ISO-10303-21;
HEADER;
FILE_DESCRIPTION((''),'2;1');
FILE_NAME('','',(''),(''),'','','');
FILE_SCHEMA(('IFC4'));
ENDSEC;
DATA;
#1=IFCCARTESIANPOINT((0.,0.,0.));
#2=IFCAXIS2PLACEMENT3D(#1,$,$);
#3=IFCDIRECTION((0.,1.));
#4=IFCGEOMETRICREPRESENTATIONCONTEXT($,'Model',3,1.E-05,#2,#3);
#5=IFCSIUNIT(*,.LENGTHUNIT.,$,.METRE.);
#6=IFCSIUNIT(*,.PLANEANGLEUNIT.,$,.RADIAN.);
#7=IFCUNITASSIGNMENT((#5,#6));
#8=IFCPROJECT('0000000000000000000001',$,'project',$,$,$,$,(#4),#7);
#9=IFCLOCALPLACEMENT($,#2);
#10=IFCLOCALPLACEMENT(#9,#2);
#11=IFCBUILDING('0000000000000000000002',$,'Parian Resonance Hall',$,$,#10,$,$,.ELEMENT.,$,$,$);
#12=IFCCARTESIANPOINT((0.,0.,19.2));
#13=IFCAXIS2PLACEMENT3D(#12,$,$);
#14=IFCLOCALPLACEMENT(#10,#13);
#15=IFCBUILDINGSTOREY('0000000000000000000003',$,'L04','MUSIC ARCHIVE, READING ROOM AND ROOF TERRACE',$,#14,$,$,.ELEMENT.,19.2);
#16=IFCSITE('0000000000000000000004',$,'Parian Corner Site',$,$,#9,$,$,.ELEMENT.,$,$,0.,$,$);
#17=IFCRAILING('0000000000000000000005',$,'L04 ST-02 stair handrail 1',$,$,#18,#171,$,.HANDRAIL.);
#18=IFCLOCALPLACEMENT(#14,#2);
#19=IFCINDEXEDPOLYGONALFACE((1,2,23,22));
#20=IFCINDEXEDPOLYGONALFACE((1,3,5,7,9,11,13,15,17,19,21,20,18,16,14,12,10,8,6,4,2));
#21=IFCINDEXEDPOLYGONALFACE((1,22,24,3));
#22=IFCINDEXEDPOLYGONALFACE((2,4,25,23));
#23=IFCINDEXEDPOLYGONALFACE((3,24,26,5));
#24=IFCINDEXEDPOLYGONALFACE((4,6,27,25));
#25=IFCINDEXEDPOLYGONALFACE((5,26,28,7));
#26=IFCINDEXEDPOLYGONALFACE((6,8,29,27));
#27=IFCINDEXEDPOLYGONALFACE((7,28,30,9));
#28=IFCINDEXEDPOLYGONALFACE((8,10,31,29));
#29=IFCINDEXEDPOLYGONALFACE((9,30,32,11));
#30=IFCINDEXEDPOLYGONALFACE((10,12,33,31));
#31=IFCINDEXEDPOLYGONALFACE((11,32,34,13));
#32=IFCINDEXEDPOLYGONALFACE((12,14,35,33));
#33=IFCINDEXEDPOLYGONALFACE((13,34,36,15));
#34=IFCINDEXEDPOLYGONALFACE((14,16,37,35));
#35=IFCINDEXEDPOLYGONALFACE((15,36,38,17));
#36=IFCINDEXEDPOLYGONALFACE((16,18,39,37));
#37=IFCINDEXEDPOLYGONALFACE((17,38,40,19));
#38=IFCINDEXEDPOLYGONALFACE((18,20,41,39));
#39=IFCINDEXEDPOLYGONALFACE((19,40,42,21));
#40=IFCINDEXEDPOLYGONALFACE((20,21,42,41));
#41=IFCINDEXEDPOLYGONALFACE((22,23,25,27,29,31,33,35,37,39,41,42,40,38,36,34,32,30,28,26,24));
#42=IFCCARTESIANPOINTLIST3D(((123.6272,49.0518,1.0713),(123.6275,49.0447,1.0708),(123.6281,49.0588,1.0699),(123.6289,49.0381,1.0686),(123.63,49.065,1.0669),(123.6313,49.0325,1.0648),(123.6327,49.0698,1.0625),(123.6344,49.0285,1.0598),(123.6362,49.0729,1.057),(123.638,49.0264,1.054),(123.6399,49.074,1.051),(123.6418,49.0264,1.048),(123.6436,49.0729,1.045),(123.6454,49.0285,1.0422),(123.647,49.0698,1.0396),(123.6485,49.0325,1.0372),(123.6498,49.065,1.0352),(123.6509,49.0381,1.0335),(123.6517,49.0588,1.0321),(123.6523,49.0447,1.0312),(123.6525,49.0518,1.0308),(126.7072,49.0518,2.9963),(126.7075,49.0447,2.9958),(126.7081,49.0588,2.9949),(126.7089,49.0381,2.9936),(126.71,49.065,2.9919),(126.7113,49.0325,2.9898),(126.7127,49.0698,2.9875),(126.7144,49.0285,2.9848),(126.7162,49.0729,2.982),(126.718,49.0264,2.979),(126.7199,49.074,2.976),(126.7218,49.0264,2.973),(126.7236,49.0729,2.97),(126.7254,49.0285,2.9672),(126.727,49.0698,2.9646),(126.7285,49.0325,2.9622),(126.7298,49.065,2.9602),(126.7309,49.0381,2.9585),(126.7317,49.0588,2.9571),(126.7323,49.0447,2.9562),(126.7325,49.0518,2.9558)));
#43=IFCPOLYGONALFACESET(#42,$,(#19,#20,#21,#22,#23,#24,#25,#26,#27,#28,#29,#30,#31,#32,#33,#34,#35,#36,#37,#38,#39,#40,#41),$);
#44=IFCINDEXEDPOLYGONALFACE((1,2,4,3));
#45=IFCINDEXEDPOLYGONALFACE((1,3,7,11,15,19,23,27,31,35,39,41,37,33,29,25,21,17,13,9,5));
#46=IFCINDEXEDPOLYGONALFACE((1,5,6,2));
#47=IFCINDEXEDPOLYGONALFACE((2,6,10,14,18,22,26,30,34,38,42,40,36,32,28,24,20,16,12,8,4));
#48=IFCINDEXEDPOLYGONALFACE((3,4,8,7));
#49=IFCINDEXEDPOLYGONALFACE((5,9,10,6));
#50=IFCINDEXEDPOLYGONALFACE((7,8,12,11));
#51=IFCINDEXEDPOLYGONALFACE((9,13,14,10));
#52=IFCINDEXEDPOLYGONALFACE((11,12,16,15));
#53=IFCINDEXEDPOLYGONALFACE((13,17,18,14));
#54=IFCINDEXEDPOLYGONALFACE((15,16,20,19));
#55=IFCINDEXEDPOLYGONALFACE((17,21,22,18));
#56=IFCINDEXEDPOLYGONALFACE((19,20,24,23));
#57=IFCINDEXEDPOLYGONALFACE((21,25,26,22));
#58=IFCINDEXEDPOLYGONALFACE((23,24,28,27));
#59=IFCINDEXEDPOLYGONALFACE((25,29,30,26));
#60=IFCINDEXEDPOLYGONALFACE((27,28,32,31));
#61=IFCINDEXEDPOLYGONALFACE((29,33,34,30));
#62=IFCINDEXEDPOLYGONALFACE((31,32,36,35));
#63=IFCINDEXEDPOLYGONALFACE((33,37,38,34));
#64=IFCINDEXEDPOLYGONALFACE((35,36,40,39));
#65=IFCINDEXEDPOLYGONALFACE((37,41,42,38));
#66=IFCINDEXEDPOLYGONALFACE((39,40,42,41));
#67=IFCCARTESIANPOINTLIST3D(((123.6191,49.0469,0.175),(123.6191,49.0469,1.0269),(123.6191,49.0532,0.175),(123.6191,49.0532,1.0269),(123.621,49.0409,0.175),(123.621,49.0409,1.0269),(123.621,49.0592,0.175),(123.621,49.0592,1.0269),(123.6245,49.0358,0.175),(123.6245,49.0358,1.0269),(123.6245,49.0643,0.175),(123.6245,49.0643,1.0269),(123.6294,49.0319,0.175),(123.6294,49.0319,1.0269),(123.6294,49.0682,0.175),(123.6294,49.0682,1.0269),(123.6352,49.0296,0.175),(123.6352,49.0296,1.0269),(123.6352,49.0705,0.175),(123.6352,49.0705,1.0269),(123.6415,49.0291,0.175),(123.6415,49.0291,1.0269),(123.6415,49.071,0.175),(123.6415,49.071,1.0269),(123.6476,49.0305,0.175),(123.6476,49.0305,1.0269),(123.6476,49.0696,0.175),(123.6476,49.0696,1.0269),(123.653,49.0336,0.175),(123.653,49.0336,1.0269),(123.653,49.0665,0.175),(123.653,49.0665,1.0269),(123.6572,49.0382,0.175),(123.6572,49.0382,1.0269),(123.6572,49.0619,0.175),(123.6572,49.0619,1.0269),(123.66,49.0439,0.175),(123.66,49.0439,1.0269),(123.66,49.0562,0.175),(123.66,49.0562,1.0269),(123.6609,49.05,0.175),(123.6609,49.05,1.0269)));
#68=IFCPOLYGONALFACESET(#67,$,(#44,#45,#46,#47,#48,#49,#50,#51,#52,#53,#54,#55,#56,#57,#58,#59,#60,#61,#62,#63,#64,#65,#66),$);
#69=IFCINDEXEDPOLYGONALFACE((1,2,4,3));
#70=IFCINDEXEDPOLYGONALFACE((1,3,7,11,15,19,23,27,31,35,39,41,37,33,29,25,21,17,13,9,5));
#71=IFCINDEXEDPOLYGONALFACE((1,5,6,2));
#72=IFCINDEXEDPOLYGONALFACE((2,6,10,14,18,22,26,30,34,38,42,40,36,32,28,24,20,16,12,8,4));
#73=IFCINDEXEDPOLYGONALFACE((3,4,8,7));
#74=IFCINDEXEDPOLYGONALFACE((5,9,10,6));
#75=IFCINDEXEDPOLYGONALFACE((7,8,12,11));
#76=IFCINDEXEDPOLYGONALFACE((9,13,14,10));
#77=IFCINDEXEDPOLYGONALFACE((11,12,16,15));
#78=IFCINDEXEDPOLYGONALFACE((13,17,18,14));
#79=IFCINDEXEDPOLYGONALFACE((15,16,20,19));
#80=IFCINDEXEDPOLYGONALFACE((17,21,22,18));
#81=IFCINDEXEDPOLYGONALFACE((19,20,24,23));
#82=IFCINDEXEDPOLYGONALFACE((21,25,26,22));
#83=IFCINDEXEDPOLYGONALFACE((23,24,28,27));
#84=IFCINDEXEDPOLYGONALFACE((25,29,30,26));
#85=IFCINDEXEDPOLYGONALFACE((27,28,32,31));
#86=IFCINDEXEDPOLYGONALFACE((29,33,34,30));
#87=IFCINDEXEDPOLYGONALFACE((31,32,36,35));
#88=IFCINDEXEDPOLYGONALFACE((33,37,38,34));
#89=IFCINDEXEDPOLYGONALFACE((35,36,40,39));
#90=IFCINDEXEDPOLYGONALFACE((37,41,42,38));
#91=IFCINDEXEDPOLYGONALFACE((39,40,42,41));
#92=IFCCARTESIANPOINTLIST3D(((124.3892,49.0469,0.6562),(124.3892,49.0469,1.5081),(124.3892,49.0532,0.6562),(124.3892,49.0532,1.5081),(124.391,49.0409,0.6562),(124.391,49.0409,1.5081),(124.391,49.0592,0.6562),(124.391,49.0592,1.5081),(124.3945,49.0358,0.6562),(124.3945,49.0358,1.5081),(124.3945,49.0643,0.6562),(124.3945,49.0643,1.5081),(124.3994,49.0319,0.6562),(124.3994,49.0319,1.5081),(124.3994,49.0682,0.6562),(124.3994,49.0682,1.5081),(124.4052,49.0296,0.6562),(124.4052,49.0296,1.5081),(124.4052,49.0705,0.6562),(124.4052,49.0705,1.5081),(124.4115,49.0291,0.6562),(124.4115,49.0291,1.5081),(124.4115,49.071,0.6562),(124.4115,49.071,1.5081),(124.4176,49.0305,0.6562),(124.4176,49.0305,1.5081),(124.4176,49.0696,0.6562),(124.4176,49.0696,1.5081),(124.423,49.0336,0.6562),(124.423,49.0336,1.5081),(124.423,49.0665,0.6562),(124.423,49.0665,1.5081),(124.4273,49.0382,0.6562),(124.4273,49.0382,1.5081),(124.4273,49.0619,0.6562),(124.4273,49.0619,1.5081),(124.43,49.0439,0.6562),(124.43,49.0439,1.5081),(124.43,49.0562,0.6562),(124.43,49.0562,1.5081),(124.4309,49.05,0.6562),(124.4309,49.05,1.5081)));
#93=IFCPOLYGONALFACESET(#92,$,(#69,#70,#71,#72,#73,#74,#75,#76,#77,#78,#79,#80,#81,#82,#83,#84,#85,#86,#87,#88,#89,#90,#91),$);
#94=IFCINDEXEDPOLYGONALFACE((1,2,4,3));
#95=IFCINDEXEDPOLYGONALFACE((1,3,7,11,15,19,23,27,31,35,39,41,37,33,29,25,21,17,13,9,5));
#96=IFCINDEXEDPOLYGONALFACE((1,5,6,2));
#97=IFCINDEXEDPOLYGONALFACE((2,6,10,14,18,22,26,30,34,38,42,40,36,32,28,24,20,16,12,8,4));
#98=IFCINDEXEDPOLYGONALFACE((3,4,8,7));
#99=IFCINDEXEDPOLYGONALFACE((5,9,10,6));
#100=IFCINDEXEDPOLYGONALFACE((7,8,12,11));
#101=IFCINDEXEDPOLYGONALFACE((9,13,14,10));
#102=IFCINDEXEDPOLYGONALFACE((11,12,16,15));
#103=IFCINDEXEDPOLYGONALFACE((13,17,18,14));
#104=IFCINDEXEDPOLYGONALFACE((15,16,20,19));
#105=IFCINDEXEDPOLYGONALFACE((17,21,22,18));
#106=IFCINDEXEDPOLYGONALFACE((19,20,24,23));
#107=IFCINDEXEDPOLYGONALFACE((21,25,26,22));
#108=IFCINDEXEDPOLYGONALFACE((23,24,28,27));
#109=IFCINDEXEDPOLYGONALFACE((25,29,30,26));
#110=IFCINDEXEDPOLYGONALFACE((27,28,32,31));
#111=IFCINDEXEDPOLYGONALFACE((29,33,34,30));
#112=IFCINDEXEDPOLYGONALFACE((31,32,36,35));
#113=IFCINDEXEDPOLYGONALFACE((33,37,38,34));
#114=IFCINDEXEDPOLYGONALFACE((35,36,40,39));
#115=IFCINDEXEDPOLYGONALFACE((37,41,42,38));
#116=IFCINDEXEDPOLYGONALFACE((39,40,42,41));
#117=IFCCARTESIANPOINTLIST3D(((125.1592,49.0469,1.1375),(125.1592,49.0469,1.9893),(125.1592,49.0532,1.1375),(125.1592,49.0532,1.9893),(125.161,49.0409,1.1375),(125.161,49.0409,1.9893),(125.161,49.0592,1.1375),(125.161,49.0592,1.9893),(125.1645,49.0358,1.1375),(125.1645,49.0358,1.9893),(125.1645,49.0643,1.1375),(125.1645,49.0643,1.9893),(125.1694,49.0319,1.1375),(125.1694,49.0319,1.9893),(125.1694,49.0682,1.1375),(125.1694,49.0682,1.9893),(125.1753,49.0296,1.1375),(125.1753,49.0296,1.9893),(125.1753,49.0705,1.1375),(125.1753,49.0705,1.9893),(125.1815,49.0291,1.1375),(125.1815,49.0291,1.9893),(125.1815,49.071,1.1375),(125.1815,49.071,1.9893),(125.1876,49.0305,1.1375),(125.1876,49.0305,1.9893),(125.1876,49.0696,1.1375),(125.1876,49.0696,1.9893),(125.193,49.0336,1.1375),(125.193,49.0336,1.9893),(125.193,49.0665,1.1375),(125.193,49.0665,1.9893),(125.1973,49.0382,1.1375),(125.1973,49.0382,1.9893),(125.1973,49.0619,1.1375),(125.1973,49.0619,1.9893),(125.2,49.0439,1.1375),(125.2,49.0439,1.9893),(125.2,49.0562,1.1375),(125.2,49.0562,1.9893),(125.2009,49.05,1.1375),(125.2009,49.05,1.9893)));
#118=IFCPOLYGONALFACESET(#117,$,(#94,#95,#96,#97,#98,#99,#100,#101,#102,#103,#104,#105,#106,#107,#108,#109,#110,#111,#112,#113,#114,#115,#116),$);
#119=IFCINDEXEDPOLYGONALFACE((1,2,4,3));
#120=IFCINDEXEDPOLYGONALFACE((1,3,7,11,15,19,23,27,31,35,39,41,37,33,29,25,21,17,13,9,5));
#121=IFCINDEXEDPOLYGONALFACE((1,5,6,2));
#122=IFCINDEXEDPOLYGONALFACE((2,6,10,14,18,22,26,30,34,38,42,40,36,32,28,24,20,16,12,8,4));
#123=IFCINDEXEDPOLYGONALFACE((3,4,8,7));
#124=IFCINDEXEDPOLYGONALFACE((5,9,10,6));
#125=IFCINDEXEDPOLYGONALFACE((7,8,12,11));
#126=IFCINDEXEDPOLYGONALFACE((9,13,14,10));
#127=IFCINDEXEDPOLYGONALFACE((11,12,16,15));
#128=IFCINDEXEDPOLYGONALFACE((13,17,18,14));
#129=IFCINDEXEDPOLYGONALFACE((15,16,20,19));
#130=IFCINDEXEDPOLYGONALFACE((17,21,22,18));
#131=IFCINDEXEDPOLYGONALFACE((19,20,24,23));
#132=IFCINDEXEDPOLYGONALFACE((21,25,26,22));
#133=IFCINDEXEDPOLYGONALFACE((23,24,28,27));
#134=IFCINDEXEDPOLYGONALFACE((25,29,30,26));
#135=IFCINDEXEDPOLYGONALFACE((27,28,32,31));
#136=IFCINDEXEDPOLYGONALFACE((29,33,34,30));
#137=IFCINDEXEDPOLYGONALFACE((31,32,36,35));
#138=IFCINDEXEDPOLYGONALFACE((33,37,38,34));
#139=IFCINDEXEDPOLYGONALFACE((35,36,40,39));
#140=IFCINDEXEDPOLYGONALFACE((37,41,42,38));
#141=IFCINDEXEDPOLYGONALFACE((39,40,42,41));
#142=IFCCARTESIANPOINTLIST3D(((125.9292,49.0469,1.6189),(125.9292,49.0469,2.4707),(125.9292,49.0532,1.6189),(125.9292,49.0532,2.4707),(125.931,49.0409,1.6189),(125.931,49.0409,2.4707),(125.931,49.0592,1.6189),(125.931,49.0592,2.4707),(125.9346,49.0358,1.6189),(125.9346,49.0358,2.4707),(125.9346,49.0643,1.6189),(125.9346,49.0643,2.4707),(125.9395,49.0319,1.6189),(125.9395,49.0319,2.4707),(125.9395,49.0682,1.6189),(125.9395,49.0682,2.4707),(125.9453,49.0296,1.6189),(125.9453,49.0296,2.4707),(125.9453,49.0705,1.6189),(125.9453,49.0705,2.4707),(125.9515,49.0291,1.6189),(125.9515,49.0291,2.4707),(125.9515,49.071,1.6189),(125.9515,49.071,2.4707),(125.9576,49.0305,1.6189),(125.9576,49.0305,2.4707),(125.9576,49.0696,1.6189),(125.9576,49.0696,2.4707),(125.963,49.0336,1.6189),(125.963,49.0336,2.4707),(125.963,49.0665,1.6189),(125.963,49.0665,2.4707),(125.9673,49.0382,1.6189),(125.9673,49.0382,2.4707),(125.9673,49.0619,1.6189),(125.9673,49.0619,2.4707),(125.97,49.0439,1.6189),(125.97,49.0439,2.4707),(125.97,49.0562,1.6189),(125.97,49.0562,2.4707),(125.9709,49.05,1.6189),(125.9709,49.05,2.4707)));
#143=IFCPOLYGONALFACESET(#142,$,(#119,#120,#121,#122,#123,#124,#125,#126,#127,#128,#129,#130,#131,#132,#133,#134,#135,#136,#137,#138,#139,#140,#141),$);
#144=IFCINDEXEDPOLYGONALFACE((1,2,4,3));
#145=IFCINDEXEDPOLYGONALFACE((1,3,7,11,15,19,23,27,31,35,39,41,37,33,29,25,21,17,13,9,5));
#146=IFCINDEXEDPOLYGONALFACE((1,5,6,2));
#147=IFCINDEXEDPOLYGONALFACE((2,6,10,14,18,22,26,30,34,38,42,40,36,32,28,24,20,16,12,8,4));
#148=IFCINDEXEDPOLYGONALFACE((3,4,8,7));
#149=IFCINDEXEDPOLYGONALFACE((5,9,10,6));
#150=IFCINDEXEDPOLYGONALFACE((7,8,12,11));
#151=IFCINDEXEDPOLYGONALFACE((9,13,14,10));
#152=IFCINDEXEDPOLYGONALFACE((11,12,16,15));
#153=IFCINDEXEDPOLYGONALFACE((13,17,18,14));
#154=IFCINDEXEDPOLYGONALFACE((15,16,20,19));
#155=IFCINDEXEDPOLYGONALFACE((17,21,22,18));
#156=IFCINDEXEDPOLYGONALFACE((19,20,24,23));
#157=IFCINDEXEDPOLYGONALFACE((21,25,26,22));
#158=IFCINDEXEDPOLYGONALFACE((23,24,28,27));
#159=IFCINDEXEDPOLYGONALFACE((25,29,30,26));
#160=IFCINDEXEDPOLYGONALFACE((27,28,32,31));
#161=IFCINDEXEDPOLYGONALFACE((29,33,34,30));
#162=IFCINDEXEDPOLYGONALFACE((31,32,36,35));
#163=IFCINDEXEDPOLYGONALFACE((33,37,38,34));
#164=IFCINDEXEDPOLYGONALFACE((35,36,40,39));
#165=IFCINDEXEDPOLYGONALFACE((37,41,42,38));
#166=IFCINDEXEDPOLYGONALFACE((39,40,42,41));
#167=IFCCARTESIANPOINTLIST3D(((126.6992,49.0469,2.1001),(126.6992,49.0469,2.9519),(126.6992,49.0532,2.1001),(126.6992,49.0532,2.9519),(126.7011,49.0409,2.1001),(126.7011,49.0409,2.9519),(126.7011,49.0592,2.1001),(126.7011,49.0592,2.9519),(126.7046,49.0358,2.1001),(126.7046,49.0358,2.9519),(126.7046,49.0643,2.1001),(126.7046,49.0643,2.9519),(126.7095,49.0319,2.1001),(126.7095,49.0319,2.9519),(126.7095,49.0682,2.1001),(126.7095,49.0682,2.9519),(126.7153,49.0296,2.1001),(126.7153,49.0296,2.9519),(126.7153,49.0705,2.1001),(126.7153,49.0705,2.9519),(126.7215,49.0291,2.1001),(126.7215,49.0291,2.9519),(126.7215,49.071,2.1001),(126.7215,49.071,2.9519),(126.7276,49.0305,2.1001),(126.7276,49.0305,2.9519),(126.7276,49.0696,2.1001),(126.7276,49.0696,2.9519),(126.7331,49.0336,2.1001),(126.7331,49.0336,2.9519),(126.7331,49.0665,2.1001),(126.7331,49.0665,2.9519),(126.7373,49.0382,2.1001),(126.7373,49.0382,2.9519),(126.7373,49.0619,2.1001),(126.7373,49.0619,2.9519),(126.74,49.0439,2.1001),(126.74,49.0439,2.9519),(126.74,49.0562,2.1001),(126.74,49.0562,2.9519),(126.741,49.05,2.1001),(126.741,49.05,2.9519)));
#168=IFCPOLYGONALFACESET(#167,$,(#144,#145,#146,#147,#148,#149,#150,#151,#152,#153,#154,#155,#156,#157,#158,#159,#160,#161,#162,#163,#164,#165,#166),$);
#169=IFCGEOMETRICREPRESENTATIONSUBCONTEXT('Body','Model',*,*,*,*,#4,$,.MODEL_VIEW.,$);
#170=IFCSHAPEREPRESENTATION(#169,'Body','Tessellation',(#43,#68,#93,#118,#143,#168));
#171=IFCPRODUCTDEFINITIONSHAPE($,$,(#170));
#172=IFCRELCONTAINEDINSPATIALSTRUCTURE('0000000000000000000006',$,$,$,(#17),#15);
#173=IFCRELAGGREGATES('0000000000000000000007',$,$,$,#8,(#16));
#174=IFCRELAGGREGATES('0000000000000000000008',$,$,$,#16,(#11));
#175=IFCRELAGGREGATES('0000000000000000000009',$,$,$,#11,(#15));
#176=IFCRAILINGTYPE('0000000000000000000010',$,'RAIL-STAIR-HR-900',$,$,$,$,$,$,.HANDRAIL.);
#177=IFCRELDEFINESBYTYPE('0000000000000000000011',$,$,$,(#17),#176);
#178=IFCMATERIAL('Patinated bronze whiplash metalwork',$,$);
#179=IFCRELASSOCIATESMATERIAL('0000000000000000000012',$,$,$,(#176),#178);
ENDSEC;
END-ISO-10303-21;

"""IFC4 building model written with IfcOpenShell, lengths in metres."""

from ifc_helpers import new_model, si_unit, direction, frame, origin, origin_2d, place, context, subcontext, project, spatial, circle, extrude, material, type_object, element, save


model = new_model("IFC4")

# Units and contexts
model_context = context("Model", 3, precision=1e-05, world=origin(), true_north=direction((0.0, 1.0)))
body_context = subcontext(model_context, "Body", "Model", "MODEL_VIEW")
ifc_project = project(units=[si_unit("LENGTHUNIT", "METRE"), si_unit("PLANEANGLEUNIT", "RADIAN")], contexts=[model_context])

# Site, building, storey
site_placement = place(None, origin())
site = spatial("IfcSite", under=ifc_project, at=site_placement, Name="Parian Corner Site", CompositionType="ELEMENT", RefElevation=0.0)
building_placement = place(site_placement, origin())
building = spatial("IfcBuilding", under=site, at=building_placement, Name="Parian Resonance Hall", CompositionType="ELEMENT")
storey_placement = place(building_placement, frame((0.0, 0.0, 19.2)))
storey = spatial("IfcBuildingStorey", under=building, at=storey_placement, Name="L04", Description="MUSIC ARCHIVE, READING ROOM AND ROOF TERRACE", CompositionType="ELEMENT", Elevation=19.2)

# Railing
ifc_material_1 = material(Name="Patinated bronze whiplash metalwork")
railing_type_1 = type_object("IfcRailingType", Name="RAIL-STAIR-HR-900", PredefinedType="HANDRAIL", material=ifc_material_1)
railing_1_placement = place(storey_placement, frame((123.6399, 49.05, 0.175)))
element("IfcRailing", 1, at=railing_1_placement, inside=storey, type_object=railing_type_1, Name="L04 ST-02 stair handrail 1", PredefinedType="HANDRAIL", context=body_context, shape_type="SweptSolid", body=[
    extrude(circle(Radius=0.0239, at=origin_2d()), frame((0.0, 0.0, 0.876), z_axis=(0.847998, 0.0, 0.529999), x_axis=(0.0, 1.0, 0.0)), (0.0, 0.0, 1.0), 3.6321),
    extrude(circle(Radius=0.021, at=origin_2d()), origin(), (0.0, 0.0, 1.0), 0.8518),
    extrude(circle(Radius=0.021, at=origin_2d()), frame((0.77, 0.0, 0.4812)), (0.0, 0.0, 1.0), 0.8518),
    extrude(circle(Radius=0.021, at=origin_2d()), frame((1.54, 0.0, 0.9624)), (0.0, 0.0, 1.0), 0.8518),
    extrude(circle(Radius=0.021, at=origin_2d()), frame((2.3101, 0.0, 1.4438)), (0.0, 0.0, 1.0), 0.8518),
    extrude(circle(Radius=0.021, at=origin_2d()), frame((3.0801, 0.0, 1.925)), (0.0, 0.0, 1.0), 0.8518),
])

save(model, "model.ifc")
